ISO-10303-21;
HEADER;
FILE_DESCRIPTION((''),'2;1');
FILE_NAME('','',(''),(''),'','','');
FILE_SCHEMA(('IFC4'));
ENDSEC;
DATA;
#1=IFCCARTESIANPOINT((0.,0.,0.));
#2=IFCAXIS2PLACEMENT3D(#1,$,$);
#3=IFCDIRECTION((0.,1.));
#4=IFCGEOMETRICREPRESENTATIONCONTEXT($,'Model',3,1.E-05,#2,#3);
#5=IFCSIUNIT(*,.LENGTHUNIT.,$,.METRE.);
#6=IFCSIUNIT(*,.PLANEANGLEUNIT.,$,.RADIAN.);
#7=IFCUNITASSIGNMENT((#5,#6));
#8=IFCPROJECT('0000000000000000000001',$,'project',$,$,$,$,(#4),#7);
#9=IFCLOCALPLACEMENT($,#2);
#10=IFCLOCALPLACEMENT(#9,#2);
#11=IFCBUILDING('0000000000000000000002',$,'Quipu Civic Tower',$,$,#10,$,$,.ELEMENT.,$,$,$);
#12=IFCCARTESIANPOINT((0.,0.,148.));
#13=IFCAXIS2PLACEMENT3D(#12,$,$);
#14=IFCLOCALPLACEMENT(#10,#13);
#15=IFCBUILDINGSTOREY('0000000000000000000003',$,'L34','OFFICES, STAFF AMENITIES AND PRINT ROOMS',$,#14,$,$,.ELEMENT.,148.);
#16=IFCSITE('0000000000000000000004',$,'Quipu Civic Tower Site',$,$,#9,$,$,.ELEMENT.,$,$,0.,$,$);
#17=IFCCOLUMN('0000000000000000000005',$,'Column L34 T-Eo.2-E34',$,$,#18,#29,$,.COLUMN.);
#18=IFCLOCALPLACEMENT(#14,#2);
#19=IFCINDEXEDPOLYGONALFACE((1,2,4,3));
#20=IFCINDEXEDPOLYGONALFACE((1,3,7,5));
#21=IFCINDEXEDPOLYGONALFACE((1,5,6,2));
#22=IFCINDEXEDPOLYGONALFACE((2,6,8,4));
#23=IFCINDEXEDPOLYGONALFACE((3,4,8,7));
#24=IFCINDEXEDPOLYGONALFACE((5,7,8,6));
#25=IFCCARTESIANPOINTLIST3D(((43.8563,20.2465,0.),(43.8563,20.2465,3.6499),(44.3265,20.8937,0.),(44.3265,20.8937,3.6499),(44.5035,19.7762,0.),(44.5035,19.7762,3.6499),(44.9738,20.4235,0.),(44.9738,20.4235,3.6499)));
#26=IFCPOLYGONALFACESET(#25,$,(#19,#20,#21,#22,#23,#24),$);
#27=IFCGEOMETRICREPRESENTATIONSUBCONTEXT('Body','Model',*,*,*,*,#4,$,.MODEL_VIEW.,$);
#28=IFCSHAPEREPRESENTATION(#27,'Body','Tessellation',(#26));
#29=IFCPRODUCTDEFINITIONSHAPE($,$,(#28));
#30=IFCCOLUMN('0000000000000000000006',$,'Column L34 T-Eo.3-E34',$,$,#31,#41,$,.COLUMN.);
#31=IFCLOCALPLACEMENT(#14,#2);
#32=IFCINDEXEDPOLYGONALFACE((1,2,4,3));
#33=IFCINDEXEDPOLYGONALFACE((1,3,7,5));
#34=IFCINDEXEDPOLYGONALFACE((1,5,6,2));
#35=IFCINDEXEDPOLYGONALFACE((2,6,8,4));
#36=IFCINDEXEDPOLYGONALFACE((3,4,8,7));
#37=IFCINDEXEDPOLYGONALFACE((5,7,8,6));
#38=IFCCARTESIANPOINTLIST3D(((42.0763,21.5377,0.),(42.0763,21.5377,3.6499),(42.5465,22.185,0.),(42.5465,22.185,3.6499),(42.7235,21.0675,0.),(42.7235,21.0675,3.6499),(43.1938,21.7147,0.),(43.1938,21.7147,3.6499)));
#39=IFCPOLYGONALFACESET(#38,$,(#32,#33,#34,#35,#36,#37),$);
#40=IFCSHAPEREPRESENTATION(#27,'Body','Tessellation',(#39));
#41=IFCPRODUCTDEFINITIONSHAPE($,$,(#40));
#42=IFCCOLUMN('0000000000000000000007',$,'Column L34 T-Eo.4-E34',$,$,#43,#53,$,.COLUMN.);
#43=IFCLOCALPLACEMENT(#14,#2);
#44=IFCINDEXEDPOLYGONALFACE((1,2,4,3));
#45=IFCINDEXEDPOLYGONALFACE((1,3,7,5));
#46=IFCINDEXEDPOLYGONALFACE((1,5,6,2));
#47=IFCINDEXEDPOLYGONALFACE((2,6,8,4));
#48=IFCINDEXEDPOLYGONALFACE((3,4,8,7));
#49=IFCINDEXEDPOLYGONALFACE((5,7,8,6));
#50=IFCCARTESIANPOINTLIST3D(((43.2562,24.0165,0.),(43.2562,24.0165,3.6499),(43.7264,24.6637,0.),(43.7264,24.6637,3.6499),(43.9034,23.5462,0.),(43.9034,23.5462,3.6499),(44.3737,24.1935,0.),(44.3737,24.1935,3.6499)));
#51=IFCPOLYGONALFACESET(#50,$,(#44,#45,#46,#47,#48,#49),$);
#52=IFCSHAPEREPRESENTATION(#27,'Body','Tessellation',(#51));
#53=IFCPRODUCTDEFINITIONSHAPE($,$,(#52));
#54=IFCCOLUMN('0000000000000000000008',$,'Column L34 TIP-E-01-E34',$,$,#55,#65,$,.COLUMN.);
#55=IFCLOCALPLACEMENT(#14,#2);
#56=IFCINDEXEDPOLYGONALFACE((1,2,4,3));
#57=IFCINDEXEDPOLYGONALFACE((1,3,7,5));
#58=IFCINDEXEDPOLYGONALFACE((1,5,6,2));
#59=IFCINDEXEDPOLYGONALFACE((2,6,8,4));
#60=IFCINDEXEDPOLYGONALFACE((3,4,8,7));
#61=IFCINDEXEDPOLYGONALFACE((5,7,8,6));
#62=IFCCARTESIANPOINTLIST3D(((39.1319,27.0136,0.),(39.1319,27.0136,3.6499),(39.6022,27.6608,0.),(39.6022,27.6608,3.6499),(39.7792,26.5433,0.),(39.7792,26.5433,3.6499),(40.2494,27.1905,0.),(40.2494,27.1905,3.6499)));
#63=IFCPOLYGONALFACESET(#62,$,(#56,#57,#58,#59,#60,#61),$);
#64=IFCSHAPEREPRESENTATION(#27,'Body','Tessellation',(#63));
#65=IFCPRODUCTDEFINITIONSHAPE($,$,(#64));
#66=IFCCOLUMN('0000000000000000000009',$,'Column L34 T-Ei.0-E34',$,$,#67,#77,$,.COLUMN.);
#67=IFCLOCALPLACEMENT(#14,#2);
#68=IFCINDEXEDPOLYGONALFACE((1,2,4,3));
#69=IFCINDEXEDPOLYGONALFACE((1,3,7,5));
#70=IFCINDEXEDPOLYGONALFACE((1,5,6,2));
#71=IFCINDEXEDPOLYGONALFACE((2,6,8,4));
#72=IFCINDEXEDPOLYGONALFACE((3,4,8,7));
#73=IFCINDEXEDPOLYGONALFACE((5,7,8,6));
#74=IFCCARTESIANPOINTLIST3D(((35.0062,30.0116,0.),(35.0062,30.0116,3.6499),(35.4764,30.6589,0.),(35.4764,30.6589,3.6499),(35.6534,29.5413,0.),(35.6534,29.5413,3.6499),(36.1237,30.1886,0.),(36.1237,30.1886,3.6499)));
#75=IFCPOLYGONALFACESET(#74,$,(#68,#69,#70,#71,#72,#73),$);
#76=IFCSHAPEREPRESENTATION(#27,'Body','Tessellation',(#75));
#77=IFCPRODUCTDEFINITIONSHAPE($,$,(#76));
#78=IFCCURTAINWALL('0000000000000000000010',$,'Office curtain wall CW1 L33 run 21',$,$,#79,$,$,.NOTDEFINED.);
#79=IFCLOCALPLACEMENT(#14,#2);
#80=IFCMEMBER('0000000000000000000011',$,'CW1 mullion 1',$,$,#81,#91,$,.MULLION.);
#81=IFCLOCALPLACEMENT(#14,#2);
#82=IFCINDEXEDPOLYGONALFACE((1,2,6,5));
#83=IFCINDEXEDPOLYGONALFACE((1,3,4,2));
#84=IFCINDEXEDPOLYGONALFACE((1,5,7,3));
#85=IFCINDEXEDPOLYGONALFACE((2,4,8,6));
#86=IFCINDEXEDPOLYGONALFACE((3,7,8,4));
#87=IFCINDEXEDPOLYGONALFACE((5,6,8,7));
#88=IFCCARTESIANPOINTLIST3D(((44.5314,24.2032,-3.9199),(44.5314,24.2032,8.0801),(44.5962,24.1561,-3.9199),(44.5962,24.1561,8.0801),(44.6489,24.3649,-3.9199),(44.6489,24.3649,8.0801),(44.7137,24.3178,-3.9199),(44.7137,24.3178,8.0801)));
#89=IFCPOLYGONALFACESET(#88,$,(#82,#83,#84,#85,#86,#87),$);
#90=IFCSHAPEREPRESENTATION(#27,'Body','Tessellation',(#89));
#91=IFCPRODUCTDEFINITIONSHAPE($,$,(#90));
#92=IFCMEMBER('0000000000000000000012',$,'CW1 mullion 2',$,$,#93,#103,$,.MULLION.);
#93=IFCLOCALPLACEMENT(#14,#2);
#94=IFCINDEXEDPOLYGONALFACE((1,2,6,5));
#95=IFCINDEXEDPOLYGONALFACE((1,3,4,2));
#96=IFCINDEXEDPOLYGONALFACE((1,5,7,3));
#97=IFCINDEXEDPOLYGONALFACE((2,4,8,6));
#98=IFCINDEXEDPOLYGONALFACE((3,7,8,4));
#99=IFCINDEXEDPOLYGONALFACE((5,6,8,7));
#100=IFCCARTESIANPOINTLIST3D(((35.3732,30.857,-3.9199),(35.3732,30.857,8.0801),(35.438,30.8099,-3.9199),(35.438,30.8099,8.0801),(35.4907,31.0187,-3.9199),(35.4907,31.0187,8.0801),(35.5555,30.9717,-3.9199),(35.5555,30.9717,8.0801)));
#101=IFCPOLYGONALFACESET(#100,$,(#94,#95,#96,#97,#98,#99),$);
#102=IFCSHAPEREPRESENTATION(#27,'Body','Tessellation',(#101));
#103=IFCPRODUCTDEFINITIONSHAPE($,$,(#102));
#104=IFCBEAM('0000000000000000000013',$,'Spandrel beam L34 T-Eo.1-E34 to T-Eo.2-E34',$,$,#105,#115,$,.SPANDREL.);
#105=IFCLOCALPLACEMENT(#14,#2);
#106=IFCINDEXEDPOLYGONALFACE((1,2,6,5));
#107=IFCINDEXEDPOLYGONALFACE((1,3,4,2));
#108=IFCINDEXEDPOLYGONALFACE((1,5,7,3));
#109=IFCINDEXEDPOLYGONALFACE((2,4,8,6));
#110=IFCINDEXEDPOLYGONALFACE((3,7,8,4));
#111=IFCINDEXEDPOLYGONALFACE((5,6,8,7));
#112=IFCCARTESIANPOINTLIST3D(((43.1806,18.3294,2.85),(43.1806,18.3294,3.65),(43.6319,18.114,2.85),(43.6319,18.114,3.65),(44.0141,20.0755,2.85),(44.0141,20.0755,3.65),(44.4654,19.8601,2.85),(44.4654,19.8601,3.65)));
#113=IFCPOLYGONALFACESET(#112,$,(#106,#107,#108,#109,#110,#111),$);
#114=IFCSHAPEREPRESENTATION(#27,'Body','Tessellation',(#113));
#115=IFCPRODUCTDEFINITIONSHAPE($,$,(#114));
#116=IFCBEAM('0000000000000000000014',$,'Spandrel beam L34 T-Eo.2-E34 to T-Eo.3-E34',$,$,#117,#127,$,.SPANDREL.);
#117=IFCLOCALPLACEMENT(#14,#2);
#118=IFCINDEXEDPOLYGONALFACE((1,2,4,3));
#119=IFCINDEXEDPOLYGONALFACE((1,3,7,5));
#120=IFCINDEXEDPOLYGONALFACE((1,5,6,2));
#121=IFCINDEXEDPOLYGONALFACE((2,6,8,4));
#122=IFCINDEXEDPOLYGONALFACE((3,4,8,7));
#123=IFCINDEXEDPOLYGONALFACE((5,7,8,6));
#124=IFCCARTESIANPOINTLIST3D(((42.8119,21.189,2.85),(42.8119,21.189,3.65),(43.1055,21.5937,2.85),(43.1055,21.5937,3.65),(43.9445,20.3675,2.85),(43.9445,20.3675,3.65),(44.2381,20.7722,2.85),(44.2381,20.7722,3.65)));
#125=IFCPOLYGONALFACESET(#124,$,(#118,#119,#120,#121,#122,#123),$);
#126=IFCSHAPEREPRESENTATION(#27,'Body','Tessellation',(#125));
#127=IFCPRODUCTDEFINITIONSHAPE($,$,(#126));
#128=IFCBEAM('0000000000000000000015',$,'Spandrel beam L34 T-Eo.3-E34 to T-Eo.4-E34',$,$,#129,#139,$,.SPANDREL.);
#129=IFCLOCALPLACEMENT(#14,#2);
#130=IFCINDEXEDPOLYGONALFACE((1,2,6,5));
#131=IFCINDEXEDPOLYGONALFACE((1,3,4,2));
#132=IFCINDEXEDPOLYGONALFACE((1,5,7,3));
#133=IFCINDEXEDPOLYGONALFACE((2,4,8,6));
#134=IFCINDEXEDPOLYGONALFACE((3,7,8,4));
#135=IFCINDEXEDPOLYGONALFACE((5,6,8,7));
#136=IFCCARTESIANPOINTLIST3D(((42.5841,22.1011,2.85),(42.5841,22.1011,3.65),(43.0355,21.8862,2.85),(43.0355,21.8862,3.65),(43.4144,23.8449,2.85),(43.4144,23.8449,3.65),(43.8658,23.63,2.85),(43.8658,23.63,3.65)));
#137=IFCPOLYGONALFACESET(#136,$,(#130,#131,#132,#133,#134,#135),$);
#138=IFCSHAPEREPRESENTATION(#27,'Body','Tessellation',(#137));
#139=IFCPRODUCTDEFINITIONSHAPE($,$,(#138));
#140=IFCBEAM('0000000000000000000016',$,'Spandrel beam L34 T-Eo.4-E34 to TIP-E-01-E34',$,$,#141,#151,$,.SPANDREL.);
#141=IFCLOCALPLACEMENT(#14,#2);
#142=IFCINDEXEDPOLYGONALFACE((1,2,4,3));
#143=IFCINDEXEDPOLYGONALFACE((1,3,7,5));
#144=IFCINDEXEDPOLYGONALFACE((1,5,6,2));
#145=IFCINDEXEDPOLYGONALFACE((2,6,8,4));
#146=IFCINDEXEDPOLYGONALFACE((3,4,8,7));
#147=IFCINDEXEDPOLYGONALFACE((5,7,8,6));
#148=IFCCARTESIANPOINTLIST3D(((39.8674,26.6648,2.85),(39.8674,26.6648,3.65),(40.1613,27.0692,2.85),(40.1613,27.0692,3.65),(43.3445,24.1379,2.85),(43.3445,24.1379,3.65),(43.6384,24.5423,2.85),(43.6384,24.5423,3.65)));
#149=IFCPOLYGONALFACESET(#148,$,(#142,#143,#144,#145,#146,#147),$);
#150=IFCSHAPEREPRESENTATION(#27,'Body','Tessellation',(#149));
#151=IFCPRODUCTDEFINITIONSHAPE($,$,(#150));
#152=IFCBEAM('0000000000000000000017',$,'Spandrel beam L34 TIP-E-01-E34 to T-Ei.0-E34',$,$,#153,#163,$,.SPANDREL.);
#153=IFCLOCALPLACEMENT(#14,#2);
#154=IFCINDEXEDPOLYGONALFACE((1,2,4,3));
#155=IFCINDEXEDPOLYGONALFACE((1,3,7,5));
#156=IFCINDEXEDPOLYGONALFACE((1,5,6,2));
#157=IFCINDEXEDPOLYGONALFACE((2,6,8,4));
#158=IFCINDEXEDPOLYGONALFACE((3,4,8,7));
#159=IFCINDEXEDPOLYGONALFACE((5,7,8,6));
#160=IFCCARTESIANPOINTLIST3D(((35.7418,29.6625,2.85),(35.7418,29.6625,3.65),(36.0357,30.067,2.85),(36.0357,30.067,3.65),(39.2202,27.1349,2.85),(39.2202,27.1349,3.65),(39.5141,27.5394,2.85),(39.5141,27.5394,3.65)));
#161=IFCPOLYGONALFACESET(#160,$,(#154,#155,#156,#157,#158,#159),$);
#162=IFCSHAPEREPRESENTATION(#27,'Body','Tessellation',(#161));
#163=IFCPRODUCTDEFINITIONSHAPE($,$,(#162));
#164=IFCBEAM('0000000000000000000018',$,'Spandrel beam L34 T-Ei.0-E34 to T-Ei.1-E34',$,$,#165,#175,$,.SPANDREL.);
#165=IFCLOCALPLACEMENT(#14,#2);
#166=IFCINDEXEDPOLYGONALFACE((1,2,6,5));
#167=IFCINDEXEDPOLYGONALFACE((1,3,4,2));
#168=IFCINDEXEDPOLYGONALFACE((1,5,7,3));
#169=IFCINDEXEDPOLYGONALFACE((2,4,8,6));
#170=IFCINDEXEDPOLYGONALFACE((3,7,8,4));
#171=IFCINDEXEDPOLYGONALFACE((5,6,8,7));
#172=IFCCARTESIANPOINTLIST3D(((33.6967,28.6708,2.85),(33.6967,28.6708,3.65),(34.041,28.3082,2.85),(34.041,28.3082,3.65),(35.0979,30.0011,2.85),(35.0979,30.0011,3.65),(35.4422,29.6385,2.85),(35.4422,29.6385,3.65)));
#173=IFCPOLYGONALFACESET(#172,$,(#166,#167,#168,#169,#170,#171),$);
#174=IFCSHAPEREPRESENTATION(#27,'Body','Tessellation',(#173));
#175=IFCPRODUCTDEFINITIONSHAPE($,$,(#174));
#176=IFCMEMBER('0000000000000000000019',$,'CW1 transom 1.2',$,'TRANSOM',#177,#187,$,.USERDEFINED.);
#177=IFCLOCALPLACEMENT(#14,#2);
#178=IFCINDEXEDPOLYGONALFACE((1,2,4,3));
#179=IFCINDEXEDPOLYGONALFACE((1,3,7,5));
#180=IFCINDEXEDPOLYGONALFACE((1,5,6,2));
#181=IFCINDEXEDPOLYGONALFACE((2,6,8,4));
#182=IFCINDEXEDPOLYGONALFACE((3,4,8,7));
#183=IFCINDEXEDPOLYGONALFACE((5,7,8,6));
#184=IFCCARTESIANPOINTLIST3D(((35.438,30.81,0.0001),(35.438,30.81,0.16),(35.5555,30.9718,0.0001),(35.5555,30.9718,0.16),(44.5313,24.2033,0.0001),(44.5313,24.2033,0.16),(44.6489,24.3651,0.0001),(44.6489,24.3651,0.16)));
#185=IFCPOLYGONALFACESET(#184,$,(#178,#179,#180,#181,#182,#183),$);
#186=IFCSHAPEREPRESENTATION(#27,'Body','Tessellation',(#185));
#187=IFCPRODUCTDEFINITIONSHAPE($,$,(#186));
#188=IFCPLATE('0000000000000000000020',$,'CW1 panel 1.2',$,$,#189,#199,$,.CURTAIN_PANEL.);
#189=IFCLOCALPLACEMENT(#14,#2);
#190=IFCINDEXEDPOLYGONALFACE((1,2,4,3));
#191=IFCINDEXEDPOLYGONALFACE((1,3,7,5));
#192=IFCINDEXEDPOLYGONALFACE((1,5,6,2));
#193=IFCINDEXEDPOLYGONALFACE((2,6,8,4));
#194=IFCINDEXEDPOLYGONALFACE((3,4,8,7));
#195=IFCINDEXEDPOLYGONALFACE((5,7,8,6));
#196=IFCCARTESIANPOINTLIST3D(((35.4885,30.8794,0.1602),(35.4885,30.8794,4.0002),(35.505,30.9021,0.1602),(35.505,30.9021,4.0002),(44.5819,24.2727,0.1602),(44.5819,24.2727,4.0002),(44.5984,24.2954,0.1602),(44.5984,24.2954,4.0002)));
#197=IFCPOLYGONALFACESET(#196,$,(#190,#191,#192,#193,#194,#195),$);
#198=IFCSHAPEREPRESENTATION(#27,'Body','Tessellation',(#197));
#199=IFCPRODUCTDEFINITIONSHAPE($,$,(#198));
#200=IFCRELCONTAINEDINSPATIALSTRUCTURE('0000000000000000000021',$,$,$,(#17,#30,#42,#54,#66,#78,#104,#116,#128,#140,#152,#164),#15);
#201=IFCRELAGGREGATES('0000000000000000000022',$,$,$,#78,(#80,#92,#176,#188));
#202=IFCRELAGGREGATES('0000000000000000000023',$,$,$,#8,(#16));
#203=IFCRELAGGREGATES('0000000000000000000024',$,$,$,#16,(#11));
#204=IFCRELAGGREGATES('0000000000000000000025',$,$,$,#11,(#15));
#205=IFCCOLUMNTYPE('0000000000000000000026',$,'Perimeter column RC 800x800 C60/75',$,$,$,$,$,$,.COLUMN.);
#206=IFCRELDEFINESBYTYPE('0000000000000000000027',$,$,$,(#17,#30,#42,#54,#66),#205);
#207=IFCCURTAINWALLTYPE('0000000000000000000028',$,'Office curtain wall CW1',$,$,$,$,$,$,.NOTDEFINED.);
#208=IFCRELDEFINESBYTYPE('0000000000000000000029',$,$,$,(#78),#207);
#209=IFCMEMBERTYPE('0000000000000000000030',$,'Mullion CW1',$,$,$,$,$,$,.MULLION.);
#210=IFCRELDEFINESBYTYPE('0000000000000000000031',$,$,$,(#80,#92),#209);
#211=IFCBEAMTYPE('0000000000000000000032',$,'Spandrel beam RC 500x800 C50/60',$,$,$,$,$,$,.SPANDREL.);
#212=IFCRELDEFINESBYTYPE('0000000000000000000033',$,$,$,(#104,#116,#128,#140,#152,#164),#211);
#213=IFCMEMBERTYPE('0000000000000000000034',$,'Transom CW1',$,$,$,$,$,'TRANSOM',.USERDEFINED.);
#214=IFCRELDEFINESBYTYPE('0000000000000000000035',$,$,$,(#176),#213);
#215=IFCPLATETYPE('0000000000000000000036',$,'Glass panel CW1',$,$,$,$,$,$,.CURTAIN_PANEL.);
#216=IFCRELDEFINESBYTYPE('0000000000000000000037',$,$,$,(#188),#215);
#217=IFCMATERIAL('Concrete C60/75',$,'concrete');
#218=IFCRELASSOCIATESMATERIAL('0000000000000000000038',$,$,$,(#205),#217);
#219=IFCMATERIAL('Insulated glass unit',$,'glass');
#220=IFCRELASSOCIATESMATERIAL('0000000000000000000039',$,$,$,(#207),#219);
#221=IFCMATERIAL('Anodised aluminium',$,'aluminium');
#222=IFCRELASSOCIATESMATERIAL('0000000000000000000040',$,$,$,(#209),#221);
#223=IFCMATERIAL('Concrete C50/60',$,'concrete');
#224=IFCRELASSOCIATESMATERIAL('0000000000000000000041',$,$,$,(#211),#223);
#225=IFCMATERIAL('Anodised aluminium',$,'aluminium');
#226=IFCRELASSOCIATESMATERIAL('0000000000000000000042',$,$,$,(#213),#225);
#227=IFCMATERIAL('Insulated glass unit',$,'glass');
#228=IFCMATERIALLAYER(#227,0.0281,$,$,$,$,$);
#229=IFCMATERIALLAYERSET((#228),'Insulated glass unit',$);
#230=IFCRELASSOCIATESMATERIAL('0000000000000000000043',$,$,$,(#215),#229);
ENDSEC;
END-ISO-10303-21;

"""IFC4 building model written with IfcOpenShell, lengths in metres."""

from ifc_helpers import new_model, si_unit, direction, frame, origin, origin_2d, place, context, subcontext, project, spatial, rectangle, extrude, material, layer, layer_set, material_profile, profile_set, type_object, element, aggregate, save


model = new_model("IFC4")

# Units and contexts
model_context = context("Model", 3, precision=1e-05, world=origin(), true_north=direction((0.0, 1.0)))
body_context = subcontext(model_context, "Body", "Model", "MODEL_VIEW")
ifc_project = project(units=[si_unit("LENGTHUNIT", "METRE"), si_unit("PLANEANGLEUNIT", "RADIAN")], contexts=[model_context])

# Site, building, storey
site_placement = place(None, origin())
site = spatial("IfcSite", under=ifc_project, at=site_placement, Name="Quipu Civic Tower Site", CompositionType="ELEMENT", RefElevation=0.0)
building_placement = place(site_placement, origin())
building = spatial("IfcBuilding", under=site, at=building_placement, Name="Quipu Civic Tower", CompositionType="ELEMENT")
storey_placement = place(building_placement, frame((0.0, 0.0, 148.0)))
storey = spatial("IfcBuildingStorey", under=building, at=storey_placement, Name="L34", Description="OFFICES, STAFF AMENITIES AND PRINT ROOMS", CompositionType="ELEMENT", Elevation=148.0)

# Columns
ifc_material_1 = material(Name="Concrete C60/75", Category="concrete")
ifc_material_profile_1 = material_profile(ifc_material_1, rectangle(XDim=0.8, YDim=0.8, at=origin_2d()), Name="RC800x800")
ifc_profile_set_1 = profile_set([ifc_material_profile_1], Name="Concrete C60/75")
column_type = type_object("IfcColumnType", Name="Perimeter column RC 800x800 C60/75", PredefinedType="COLUMN", material=ifc_profile_set_1)
for number, where, z_axis, x_axis, name in (
    (1, (44.415, 20.335, 0.0), (0.0, 0.0, 1.0), (0.587785, 0.809017, 0.0), "Column L34 T-Eo.2-E34"),
    (2, (42.635, 21.6262, 0.0), (0.0, 0.0, 1.0), (-0.809017, 0.587785, 0.0), "Column L34 T-Eo.3-E34"),
    (3, (43.8149, 24.105, 0.0), (0.0, 0.0, 1.0), (-0.809017, 0.587785, 0.0), "Column L34 T-Eo.4-E34"),
    (4, (39.6907, 27.1021, 0.0), (0.0, 0.0, 1.0), (-0.809017, 0.587785, 0.0), "Column L34 TIP-E-01-E34"),
    (5, (35.5649, 30.1001, 0.0), (0.0, 0.0, 1.0), (-0.587785, -0.809017, 0.0), "Column L34 T-Ei.0-E34"),
):
    element("IfcColumn", number, at=place(storey_placement, frame(where, z_axis=z_axis, x_axis=x_axis)), inside=storey, type_object=column_type, Name=name, PredefinedType="COLUMN", context=body_context, shape_type="SweptSolid", body=[
        extrude(rectangle(XDim=0.8, YDim=0.8, at=origin_2d()), origin(), (0.0, 0.0, 1.0), 3.6499),
    ])

# Curtain wall, members
ifc_material_2 = material(Name="Insulated glass unit", Category="glass")
curtain_wall_type = type_object("IfcCurtainWallType", Name="Office curtain wall CW1", PredefinedType="NOTDEFINED", material=ifc_material_2)
curtain_wall_placement = place(storey_placement, origin())
curtain_wall = element("IfcCurtainWall", 6, at=curtain_wall_placement, inside=storey, type_object=curtain_wall_type, Name="Office curtain wall CW1 L33 run 21", PredefinedType="NOTDEFINED")
ifc_material_3 = material(Name="Anodised aluminium", Category="aluminium")
ifc_material_profile_2 = material_profile(ifc_material_3, rectangle(XDim=0.2, YDim=0.0801, at=origin_2d()), Name="RECT 200x80")
ifc_profile_set_2 = profile_set([ifc_material_profile_2], Name="Anodised aluminium")
member_type_1 = type_object("IfcMemberType", Name="Mullion CW1", PredefinedType="MULLION", material=ifc_profile_set_2)
member_1_placement = place(storey_placement, frame((44.6226, 24.2605, -3.9199), z_axis=(0.0, 0.0, 1.0), x_axis=(-0.587788, -0.809015, 0.0)))
member_1 = element("IfcMember", 7, at=member_1_placement, type_object=member_type_1, Name="CW1 mullion 1", PredefinedType="MULLION", context=body_context, shape_type="SweptSolid", body=[
    extrude(rectangle(XDim=0.2, YDim=0.0801, at=origin_2d()), origin(), (0.0, 0.0, 1.0), 12.0),
])
member_2_placement = place(storey_placement, frame((35.4644, 30.9143, -3.9199), z_axis=(0.0, 0.0, 1.0), x_axis=(-0.587788, -0.809015, 0.0)))
member_2 = element("IfcMember", 8, at=member_2_placement, type_object=member_type_1, Name="CW1 mullion 2", PredefinedType="MULLION", context=body_context, shape_type="SweptSolid", body=[
    extrude(rectangle(XDim=0.2, YDim=0.0801, at=origin_2d()), origin(), (0.0, 0.0, 1.0), 12.0),
])

# Beams
ifc_material_4 = material(Name="Concrete C50/60", Category="concrete")
ifc_material_profile_3 = material_profile(ifc_material_4, rectangle(XDim=0.5, YDim=0.8, at=origin_2d()), Name="RC500x800")
ifc_profile_set_3 = profile_set([ifc_material_profile_3], Name="Concrete C50/60")
beam_type = type_object("IfcBeamType", Name="Spandrel beam RC 500x800 C50/60", PredefinedType="SPANDREL", material=ifc_profile_set_3)
beam_1_placement = place(storey_placement, frame((43.4062, 18.2217, 3.25), z_axis=(0.430786, 0.902454, 0.0), x_axis=(-0.902454, 0.430786, 0.0)))
element("IfcBeam", 9, at=beam_1_placement, inside=storey, type_object=beam_type, Name="Spandrel beam L34 T-Eo.1-E34 to T-Eo.2-E34", PredefinedType="SPANDREL", context=body_context, shape_type="SweptSolid", body=[
    extrude(rectangle(XDim=0.5, YDim=0.8, at=origin_2d()), origin(), (0.0, 0.0, 1.0), 1.9348),
])
beam_2_placement = place(storey_placement, frame((44.0913, 20.5698, 3.25), z_axis=(-0.809467, 0.587165, 0.0), x_axis=(-0.587165, -0.809467, 0.0)))
element("IfcBeam", 10, at=beam_2_placement, inside=storey, type_object=beam_type, Name="Spandrel beam L34 T-Eo.2-E34 to T-Eo.3-E34", PredefinedType="SPANDREL", context=body_context, shape_type="SweptSolid", body=[
    extrude(rectangle(XDim=0.5, YDim=0.8, at=origin_2d()), origin(), (0.0, 0.0, 1.0), 1.3992),
])
beam_3_placement = place(storey_placement, frame((42.8098, 21.9937, 3.25), z_axis=(0.429889, 0.902882, 0.0), x_axis=(-0.902882, 0.429889, 0.0)))
element("IfcBeam", 11, at=beam_3_placement, inside=storey, type_object=beam_type, Name="Spandrel beam L34 T-Eo.3-E34 to T-Eo.4-E34", PredefinedType="SPANDREL", context=body_context, shape_type="SweptSolid", body=[
    extrude(rectangle(XDim=0.5, YDim=0.8, at=origin_2d()), origin(), (0.0, 0.0, 1.0), 1.9314),
])
beam_4_placement = place(storey_placement, frame((43.4915, 24.3401, 3.25), z_axis=(-0.808947, 0.587881, 0.0), x_axis=(-0.587881, -0.808947, 0.0)))
element("IfcBeam", 12, at=beam_4_placement, inside=storey, type_object=beam_type, Name="Spandrel beam L34 T-Eo.4-E34 to TIP-E-01-E34", PredefinedType="SPANDREL", context=body_context, shape_type="SweptSolid", body=[
    extrude(rectangle(XDim=0.5, YDim=0.8, at=origin_2d()), origin(), (0.0, 0.0, 1.0), 4.2983),
])
beam_5_placement = place(storey_placement, frame((39.3672, 27.3372, 3.25), z_axis=(-0.808984, 0.587831, 0.0), x_axis=(-0.587831, -0.808984, 0.0)))
element("IfcBeam", 13, at=beam_5_placement, inside=storey, type_object=beam_type, Name="Spandrel beam L34 TIP-E-01-E34 to T-Ei.0-E34", PredefinedType="SPANDREL", context=body_context, shape_type="SweptSolid", body=[
    extrude(rectangle(XDim=0.5, YDim=0.8, at=origin_2d()), origin(), (0.0, 0.0, 1.0), 4.2998),
])
beam_6_placement = place(storey_placement, frame((35.27, 29.8198, 3.25), z_axis=(-0.725192, -0.688547, 0.0), x_axis=(0.688547, -0.725192, 0.0)))
element("IfcBeam", 14, at=beam_6_placement, inside=storey, type_object=beam_type, Name="Spandrel beam L34 T-Ei.0-E34 to T-Ei.1-E34", PredefinedType="SPANDREL", context=body_context, shape_type="SweptSolid", body=[
    extrude(rectangle(XDim=0.5, YDim=0.8, at=origin_2d()), origin(), (0.0, 0.0, 1.0), 1.9321),
])

# Member
ifc_material_5 = material(Name="Anodised aluminium", Category="aluminium")
ifc_material_profile_4 = material_profile(ifc_material_5, rectangle(XDim=0.2, YDim=0.1599, at=origin_2d()), Name="RECT 200x160")
ifc_profile_set_4 = profile_set([ifc_material_profile_4], Name="Anodised aluminium")
member_type_2 = type_object("IfcMemberType", Name="Transom CW1", ElementType="TRANSOM", PredefinedType="USERDEFINED", material=ifc_profile_set_4)
member_3_placement = place(storey_placement, frame((44.5901, 24.2842, 0.0801), z_axis=(-0.809015, 0.587788, 0.0), x_axis=(-0.587788, -0.809015, 0.0)))
member_3 = element("IfcMember", 15, at=member_3_placement, type_object=member_type_2, Name="CW1 transom 1.2", ObjectType="TRANSOM", PredefinedType="USERDEFINED", context=body_context, shape_type="SweptSolid", body=[
    extrude(rectangle(XDim=0.2, YDim=0.1599, at=origin_2d()), origin(), (0.0, 0.0, 1.0), 11.24),
])

# Plate
ifc_material_6 = material(Name="Insulated glass unit", Category="glass")
ifc_layer_1 = layer(ifc_material_6, 0.0281)
ifc_layer_set_1 = layer_set([ifc_layer_1], Name="Insulated glass unit")
plate_type_1 = type_object("IfcPlateType", Name="Glass panel CW1", PredefinedType="CURTAIN_PANEL", material=ifc_layer_set_1)
plate_placement = place(storey_placement, frame((40.0435, 27.5874, 0.1602), z_axis=(0.0, 0.0, 1.0), x_axis=(-0.809015, 0.587788, 0.0)))
plate = element("IfcPlate", 16, at=plate_placement, type_object=plate_type_1, Name="CW1 panel 1.2", PredefinedType="CURTAIN_PANEL", context=body_context, shape_type="SweptSolid", body=[
    extrude(rectangle(XDim=11.24, YDim=0.0281, at=origin_2d()), origin(), (0.0, 0.0, 1.0), 3.8401),
])
aggregate(curtain_wall, [member_1, member_2, member_3, plate])

save(model, "model.ifc")
